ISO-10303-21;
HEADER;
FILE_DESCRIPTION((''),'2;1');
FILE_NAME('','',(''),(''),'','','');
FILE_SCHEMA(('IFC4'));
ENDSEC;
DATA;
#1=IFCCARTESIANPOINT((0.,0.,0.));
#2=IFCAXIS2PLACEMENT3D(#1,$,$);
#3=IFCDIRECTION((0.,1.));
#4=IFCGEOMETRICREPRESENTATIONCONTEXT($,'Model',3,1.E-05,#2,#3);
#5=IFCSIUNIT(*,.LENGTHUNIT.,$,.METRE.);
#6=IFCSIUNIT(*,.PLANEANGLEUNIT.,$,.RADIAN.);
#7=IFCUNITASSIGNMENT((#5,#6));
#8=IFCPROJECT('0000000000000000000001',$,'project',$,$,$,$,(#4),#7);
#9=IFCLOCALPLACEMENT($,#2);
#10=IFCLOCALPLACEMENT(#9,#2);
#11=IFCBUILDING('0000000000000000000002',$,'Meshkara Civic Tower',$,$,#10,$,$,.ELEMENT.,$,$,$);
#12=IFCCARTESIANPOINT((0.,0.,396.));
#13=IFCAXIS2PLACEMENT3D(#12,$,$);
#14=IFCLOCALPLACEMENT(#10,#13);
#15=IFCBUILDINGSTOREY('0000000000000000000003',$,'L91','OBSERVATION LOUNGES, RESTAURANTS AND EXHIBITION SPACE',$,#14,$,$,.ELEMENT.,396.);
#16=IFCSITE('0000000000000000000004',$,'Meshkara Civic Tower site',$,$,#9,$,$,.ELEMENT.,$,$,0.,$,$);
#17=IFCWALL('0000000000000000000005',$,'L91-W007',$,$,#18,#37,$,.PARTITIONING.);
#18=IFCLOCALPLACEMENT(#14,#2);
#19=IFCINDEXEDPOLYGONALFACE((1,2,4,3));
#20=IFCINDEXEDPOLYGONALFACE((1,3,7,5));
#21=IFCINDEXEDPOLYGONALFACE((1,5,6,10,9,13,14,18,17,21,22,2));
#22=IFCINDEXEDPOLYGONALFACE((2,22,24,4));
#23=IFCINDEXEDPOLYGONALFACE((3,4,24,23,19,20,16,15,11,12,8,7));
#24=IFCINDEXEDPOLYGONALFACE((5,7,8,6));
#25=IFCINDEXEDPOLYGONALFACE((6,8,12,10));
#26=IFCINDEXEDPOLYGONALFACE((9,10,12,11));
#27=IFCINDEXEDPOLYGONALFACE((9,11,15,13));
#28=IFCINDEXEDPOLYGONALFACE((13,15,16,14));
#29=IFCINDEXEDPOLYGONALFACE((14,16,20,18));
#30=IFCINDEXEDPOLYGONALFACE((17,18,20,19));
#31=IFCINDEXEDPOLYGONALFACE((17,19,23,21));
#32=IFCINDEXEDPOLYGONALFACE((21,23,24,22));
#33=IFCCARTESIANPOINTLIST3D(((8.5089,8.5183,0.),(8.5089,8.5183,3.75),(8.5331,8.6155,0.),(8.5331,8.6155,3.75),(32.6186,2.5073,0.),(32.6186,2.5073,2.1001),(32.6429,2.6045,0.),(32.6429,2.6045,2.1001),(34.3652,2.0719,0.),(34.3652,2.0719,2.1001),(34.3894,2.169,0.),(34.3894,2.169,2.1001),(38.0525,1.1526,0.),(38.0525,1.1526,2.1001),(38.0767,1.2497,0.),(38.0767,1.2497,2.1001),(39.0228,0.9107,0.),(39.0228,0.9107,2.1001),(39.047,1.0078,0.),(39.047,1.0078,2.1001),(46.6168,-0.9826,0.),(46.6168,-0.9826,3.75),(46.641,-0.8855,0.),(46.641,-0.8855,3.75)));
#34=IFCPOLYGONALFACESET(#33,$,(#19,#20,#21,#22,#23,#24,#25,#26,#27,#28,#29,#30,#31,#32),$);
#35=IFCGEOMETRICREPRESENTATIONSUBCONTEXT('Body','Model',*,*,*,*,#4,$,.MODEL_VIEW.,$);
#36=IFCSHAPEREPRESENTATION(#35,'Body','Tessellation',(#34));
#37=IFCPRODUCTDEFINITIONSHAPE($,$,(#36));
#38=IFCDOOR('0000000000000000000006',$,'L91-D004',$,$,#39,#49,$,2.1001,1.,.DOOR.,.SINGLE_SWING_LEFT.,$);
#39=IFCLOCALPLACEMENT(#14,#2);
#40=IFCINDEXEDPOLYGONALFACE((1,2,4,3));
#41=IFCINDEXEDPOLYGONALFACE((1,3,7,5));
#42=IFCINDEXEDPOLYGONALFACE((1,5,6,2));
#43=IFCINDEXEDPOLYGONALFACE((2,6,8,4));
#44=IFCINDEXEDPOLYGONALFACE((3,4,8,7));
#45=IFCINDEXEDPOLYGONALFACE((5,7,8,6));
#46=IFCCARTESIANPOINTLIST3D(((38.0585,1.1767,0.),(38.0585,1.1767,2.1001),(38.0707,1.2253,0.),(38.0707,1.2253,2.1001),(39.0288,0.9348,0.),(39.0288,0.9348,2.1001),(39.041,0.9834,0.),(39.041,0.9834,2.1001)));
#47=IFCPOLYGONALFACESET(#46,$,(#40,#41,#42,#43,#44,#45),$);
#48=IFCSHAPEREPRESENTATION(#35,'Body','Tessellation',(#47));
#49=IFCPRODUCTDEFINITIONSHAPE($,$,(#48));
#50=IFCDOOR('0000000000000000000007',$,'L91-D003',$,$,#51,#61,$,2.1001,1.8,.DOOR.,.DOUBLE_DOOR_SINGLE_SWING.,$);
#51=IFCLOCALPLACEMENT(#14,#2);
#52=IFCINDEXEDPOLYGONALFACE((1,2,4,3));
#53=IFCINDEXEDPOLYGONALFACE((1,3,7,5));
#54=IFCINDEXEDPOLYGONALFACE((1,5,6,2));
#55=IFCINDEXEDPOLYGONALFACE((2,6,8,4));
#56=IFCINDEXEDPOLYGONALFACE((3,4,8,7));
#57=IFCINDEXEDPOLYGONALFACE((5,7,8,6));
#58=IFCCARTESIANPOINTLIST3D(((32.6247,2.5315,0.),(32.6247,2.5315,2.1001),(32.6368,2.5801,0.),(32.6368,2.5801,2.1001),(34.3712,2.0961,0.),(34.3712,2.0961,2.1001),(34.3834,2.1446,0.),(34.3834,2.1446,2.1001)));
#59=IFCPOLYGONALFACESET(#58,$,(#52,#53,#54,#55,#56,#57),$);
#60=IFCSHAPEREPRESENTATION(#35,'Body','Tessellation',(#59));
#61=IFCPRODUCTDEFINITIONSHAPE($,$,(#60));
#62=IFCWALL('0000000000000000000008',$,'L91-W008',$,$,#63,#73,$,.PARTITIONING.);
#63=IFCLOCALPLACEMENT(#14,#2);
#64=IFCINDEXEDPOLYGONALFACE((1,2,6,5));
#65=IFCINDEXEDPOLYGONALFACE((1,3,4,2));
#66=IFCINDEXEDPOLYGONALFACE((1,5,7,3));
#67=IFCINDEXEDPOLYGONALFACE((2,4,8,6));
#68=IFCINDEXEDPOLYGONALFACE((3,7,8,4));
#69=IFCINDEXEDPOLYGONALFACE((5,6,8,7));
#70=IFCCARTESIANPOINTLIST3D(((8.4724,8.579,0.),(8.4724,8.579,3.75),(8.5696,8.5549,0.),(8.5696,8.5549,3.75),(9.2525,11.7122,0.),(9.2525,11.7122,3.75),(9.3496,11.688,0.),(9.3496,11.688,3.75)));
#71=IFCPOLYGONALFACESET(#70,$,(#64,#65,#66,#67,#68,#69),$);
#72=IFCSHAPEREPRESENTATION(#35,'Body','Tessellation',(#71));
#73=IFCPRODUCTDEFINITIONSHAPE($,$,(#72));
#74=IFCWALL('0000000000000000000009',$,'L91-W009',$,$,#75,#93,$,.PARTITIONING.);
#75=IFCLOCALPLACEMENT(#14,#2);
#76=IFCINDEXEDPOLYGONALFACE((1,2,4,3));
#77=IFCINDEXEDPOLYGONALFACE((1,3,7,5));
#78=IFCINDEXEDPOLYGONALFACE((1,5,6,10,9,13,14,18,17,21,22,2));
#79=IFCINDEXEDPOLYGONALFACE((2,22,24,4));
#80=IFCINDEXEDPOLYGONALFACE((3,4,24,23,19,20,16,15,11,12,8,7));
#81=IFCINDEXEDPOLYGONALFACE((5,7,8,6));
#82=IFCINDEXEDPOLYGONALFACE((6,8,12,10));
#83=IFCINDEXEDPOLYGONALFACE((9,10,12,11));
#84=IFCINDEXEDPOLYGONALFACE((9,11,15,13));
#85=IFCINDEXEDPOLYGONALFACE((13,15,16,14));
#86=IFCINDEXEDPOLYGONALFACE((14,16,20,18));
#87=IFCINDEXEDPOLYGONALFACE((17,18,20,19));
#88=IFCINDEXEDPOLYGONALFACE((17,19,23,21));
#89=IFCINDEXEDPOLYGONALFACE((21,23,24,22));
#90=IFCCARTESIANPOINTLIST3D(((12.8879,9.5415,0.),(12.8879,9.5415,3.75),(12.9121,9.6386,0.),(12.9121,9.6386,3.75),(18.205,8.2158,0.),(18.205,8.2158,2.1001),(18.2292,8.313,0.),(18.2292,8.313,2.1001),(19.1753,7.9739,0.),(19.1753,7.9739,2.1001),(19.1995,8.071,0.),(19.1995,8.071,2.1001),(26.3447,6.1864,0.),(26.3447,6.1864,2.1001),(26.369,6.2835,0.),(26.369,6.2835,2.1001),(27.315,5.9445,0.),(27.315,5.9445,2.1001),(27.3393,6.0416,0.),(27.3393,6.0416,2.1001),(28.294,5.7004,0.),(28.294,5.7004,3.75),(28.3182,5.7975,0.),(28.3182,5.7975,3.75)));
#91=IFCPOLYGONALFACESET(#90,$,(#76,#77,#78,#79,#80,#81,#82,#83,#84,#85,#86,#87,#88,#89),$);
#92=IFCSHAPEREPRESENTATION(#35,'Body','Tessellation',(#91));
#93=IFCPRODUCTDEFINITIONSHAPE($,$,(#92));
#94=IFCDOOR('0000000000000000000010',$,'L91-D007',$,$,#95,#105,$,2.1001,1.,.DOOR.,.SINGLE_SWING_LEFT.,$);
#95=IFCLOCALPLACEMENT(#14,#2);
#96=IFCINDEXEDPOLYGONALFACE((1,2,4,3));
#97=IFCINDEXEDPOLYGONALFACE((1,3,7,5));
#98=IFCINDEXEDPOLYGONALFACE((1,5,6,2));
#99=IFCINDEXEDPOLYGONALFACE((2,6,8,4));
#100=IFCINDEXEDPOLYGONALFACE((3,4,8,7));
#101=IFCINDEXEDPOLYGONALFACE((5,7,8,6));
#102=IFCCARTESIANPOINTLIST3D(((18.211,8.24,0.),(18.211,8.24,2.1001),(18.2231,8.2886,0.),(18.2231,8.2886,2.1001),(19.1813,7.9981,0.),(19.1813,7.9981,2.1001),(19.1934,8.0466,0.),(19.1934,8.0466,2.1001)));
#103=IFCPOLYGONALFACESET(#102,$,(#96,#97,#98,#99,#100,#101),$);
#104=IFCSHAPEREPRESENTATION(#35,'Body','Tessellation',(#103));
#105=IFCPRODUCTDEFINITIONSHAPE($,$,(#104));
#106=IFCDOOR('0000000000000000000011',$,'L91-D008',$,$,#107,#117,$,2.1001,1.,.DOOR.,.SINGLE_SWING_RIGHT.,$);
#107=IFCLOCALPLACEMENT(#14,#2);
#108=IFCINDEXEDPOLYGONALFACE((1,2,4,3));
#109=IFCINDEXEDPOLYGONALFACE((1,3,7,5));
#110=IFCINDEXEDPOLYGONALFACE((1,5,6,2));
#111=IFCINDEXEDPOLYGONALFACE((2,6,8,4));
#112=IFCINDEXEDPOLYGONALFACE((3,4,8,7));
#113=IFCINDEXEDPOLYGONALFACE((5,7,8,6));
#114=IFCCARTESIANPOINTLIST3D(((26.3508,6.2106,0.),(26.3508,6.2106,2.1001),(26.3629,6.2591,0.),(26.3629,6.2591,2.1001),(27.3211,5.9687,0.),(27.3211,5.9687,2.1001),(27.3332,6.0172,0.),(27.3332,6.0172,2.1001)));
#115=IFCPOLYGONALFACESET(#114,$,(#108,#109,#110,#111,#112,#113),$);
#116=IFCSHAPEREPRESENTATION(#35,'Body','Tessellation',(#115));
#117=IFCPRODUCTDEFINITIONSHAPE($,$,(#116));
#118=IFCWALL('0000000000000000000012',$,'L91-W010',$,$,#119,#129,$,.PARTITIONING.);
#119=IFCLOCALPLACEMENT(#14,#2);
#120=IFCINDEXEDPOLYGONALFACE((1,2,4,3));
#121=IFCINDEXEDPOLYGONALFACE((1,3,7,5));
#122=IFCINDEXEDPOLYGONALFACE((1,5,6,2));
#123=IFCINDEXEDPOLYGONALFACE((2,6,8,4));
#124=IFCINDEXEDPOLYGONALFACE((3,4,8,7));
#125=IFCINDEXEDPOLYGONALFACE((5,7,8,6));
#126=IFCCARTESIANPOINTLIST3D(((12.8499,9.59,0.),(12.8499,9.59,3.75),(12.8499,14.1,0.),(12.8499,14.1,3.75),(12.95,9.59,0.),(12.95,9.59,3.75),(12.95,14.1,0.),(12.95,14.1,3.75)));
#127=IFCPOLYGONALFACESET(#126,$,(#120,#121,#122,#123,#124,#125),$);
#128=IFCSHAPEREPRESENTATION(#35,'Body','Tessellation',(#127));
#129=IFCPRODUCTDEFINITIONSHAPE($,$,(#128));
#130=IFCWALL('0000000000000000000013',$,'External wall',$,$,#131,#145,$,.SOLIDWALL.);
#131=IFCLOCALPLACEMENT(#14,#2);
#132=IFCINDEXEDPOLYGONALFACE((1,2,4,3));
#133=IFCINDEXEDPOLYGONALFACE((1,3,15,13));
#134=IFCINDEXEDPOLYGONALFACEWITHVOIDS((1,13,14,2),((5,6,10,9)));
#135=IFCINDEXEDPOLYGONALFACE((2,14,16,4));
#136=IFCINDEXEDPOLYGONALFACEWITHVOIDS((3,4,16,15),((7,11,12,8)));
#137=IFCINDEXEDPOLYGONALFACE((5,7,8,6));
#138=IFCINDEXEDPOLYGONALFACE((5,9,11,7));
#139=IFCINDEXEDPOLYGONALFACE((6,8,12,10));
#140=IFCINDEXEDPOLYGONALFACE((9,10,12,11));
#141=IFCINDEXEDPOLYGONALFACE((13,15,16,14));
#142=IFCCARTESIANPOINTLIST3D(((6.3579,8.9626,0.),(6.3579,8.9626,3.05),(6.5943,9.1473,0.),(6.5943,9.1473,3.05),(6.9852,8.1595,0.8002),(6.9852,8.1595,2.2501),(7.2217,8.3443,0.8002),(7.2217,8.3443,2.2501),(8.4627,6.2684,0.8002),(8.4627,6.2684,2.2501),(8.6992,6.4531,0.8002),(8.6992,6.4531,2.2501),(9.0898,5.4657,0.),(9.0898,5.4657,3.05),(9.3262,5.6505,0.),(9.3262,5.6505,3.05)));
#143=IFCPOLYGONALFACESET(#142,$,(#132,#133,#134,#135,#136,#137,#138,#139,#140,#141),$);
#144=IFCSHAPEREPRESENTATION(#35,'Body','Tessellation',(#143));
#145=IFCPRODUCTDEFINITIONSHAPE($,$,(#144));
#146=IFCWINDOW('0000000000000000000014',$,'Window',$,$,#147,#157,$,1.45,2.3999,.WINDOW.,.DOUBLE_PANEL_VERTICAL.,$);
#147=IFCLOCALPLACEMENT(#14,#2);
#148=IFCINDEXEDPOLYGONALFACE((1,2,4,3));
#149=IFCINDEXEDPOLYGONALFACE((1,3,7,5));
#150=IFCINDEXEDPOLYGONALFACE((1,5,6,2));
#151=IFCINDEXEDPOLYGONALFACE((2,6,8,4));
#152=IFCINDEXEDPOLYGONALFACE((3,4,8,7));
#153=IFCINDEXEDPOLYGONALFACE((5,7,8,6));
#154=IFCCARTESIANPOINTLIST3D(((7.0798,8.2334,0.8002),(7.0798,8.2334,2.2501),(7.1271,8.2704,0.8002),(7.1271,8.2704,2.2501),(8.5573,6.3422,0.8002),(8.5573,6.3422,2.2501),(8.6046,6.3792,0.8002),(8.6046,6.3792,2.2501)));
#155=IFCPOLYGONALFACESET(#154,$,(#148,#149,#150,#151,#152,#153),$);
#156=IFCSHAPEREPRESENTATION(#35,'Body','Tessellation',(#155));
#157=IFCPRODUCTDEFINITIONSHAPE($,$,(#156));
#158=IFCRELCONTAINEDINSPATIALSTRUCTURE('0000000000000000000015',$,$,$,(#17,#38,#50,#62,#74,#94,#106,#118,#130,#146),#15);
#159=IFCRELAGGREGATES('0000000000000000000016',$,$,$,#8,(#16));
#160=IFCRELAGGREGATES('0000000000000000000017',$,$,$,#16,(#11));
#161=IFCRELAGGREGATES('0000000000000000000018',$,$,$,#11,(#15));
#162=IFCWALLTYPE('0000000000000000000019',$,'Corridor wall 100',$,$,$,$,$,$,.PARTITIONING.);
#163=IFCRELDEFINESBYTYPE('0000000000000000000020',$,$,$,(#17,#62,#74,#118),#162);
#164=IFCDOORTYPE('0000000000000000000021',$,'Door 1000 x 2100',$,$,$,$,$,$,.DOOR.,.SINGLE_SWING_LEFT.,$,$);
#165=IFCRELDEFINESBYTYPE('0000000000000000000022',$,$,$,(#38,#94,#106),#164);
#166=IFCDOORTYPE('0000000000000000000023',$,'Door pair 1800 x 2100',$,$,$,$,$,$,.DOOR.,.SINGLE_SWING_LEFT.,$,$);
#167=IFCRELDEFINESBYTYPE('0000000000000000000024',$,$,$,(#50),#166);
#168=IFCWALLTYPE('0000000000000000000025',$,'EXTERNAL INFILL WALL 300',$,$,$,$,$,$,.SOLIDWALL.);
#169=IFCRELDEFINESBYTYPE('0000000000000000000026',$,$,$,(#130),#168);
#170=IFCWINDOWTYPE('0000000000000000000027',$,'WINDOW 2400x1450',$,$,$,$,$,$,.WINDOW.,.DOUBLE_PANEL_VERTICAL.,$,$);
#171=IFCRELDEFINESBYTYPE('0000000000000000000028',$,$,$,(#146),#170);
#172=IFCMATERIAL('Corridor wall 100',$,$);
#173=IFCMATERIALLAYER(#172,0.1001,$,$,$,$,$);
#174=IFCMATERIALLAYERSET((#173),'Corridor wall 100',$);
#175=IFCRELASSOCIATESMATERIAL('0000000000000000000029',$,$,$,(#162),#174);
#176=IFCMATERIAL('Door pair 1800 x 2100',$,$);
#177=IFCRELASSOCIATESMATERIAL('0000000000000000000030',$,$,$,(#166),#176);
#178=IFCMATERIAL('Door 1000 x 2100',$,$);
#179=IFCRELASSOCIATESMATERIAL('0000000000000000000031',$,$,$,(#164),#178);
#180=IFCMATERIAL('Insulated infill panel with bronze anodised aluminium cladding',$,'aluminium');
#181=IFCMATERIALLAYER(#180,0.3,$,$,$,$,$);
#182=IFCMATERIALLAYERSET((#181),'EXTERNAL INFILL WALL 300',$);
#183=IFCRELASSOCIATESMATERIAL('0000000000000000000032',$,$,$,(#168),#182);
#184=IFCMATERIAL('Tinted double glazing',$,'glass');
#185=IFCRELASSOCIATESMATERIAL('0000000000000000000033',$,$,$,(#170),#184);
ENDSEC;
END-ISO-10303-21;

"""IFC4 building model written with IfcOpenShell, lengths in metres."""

from ifc_helpers import new_model, si_unit, direction, frame, frame_2d, origin, place, context, subcontext, project, spatial, rectangle, extrude, material, layer, layer_set, type_object, element, fill, save


model = new_model("IFC4")

# Units and contexts
model_context = context("Model", 3, precision=1e-05, world=origin(), true_north=direction((0.0, 1.0)))
body_context = subcontext(model_context, "Body", "Model", "MODEL_VIEW")
ifc_project = project(units=[si_unit("LENGTHUNIT", "METRE"), si_unit("PLANEANGLEUNIT", "RADIAN")], contexts=[model_context])

# Site, building, storey
site_placement = place(None, origin())
site = spatial("IfcSite", under=ifc_project, at=site_placement, Name="Meshkara Civic Tower site", CompositionType="ELEMENT", RefElevation=0.0)
building_placement = place(site_placement, origin())
building = spatial("IfcBuilding", under=site, at=building_placement, Name="Meshkara Civic Tower", CompositionType="ELEMENT")
storey_placement = place(building_placement, frame((0.0, 0.0, 396.0)))
storey = spatial("IfcBuildingStorey", under=building, at=storey_placement, Name="L91", Description="OBSERVATION LOUNGES, RESTAURANTS AND EXHIBITION SPACE", CompositionType="ELEMENT", Elevation=396.0)

# Shared definitions
ifc_material_1 = material(Name="Corridor wall 100")
ifc_layer_1 = layer(ifc_material_1, 0.1001)
ifc_layer_set_1 = layer_set([ifc_layer_1], Name="Corridor wall 100")
wall_type_1 = type_object("IfcWallType", Name="Corridor wall 100", PredefinedType="PARTITIONING", material=ifc_layer_set_1)

# Shared definitions
ifc_material_2 = material(Name="Door pair 1800 x 2100")
door_type_1 = type_object("IfcDoorType", Name="Door pair 1800 x 2100", OperationType="SINGLE_SWING_LEFT", PredefinedType="DOOR", material=ifc_material_2)

# Wall, openings, doors
wall_1_placement = place(storey_placement, frame((8.521, 8.5669, 0.0), z_axis=(0.0, 0.0, 1.0), x_axis=(0.970298, -0.241912, 0.0)))
wall_1 = element("IfcWall", 1, at=wall_1_placement, inside=storey, type_object=wall_type_1, Name="L91-W007", PredefinedType="PARTITIONING", context=body_context, shape_type="SweptSolid", body=[
    extrude(rectangle(XDim=39.2744, YDim=0.1001, at=frame_2d((19.6372, 0.0))), origin(), (0.0, 0.0, 1.0), 3.75),
])
opening_1_placement = place(wall_1_placement, frame((24.8479, 0.0, 0.0)))
opening_1 = element("IfcOpeningElement", 2, at=opening_1_placement, cuts=wall_1, PredefinedType="OPENING", context=body_context, shape_type="SweptSolid", body=[
    extrude(rectangle(XDim=1.8, YDim=2.1001, at=frame_2d((0.8999, 1.05))), frame((0.0, 0.0601, 0.0), z_axis=(0.0, -1.0, 0.0), x_axis=(1.0, 0.0, 0.0)), (0.0, 0.0, 1.0), 0.1201),
])
opening_2_placement = place(wall_1_placement, frame((30.448, 0.0, 0.0)))
opening_2 = element("IfcOpeningElement", 3, at=opening_2_placement, cuts=wall_1, PredefinedType="OPENING", context=body_context, shape_type="SweptSolid", body=[
    extrude(rectangle(XDim=1.0, YDim=2.1001, at=frame_2d((0.5, 1.05))), frame((0.0, 0.0601, 0.0), z_axis=(0.0, -1.0, 0.0), x_axis=(1.0, 0.0, 0.0)), (0.0, 0.0, 1.0), 0.1201),
])
ifc_material_3 = material(Name="Door 1000 x 2100")
door_type_2 = type_object("IfcDoorType", Name="Door 1000 x 2100", OperationType="SINGLE_SWING_LEFT", PredefinedType="DOOR", material=ifc_material_3)
door_1_placement = place(opening_2_placement, origin())
door_1 = element("IfcDoor", 4, at=door_1_placement, inside=storey, type_object=door_type_2, Name="L91-D004", OperationType="SINGLE_SWING_LEFT", OverallHeight=2.1001, OverallWidth=1.0, PredefinedType="DOOR", context=body_context, shape_type="SweptSolid", body=[
    extrude(rectangle(XDim=1.0, YDim=2.1001, at=frame_2d((0.5, 1.05))), frame((0.0, 0.0249, 0.0), z_axis=(0.0, -1.0, 0.0), x_axis=(1.0, 0.0, 0.0)), (0.0, 0.0, 1.0), 0.05),
])
fill(opening_2, door_1)
door_2_placement = place(opening_1_placement, origin())
door_2 = element("IfcDoor", 5, at=door_2_placement, inside=storey, type_object=door_type_1, Name="L91-D003", OperationType="DOUBLE_DOOR_SINGLE_SWING", OverallHeight=2.1001, OverallWidth=1.8, PredefinedType="DOOR", context=body_context, shape_type="SweptSolid", body=[
    extrude(rectangle(XDim=1.8, YDim=2.1001, at=frame_2d((0.8999, 1.05))), frame((0.0, 0.0249, 0.0), z_axis=(0.0, -1.0, 0.0), x_axis=(1.0, 0.0, 0.0)), (0.0, 0.0, 1.0), 0.05),
])
fill(opening_1, door_2)

# Wall
wall_2_placement = place(storey_placement, frame((9.301, 11.7, 0.0), z_axis=(0.0, 0.0, 1.0), x_axis=(-0.241593, -0.970378, 0.0)))
element("IfcWall", 6, at=wall_2_placement, inside=storey, type_object=wall_type_1, Name="L91-W008", PredefinedType="PARTITIONING", context=body_context, shape_type="SweptSolid", body=[
    extrude(rectangle(XDim=3.2288, YDim=0.1001, at=frame_2d((1.6143, 0.0))), origin(), (0.0, 0.0, 1.0), 3.75),
])

# Wall, openings, doors
wall_3_placement = place(storey_placement, frame((12.8999, 9.5901, 0.0), z_axis=(0.0, 0.0, 1.0), x_axis=(0.970297, -0.241917, 0.0)))
wall_3 = element("IfcWall", 7, at=wall_3_placement, inside=storey, type_object=wall_type_1, Name="L91-W009", PredefinedType="PARTITIONING", context=body_context, shape_type="SweptSolid", body=[
    extrude(rectangle(XDim=15.8777, YDim=0.1001, at=frame_2d((7.939, 0.0))), origin(), (0.0, 0.0, 1.0), 3.75),
])
opening_3_placement = place(wall_3_placement, frame((5.48, 0.0, 0.0)))
opening_3 = element("IfcOpeningElement", 8, at=opening_3_placement, cuts=wall_3, PredefinedType="OPENING", context=body_context, shape_type="SweptSolid", body=[
    extrude(rectangle(XDim=1.0, YDim=2.1001, at=frame_2d((0.5, 1.05))), frame((0.0, 0.0601, 0.0), z_axis=(0.0, -1.0, 0.0), x_axis=(1.0, 0.0, 0.0)), (0.0, 0.0, 1.0), 0.1201),
])
opening_4_placement = place(wall_3_placement, frame((13.8689, 0.0, 0.0)))
opening_4 = element("IfcOpeningElement", 9, at=opening_4_placement, cuts=wall_3, PredefinedType="OPENING", context=body_context, shape_type="SweptSolid", body=[
    extrude(rectangle(XDim=1.0, YDim=2.1001, at=frame_2d((0.5, 1.05))), frame((0.0, 0.0601, 0.0), z_axis=(0.0, -1.0, 0.0), x_axis=(1.0, 0.0, 0.0)), (0.0, 0.0, 1.0), 0.1201),
])
door_3_placement = place(opening_3_placement, origin())
door_3 = element("IfcDoor", 10, at=door_3_placement, inside=storey, type_object=door_type_2, Name="L91-D007", OperationType="SINGLE_SWING_LEFT", OverallHeight=2.1001, OverallWidth=1.0, PredefinedType="DOOR", context=body_context, shape_type="SweptSolid", body=[
    extrude(rectangle(XDim=1.0, YDim=2.1001, at=frame_2d((0.5, 1.05))), frame((0.0, 0.0249, 0.0), z_axis=(0.0, -1.0, 0.0), x_axis=(1.0, 0.0, 0.0)), (0.0, 0.0, 1.0), 0.05),
])
fill(opening_3, door_3)
door_4_placement = place(opening_4_placement, origin())
door_4 = element("IfcDoor", 11, at=door_4_placement, inside=storey, type_object=door_type_2, Name="L91-D008", OperationType="SINGLE_SWING_RIGHT", OverallHeight=2.1001, OverallWidth=1.0, PredefinedType="DOOR", context=body_context, shape_type="SweptSolid", body=[
    extrude(rectangle(XDim=1.0, YDim=2.1001, at=frame_2d((0.5, 1.05))), frame((0.0, 0.0249, 0.0), z_axis=(0.0, -1.0, 0.0), x_axis=(1.0, 0.0, 0.0)), (0.0, 0.0, 1.0), 0.05),
])
fill(opening_4, door_4)

# Wall
wall_4_placement = place(storey_placement, frame((12.8999, 9.5901, 0.0), z_axis=(0.0, 0.0, 1.0), x_axis=(0.0, 1.0, 0.0)))
element("IfcWall", 12, at=wall_4_placement, inside=storey, type_object=wall_type_1, Name="L91-W010", PredefinedType="PARTITIONING", context=body_context, shape_type="SweptSolid", body=[
    extrude(rectangle(XDim=4.51, YDim=0.1001, at=frame_2d((2.2549, 0.0))), origin(), (0.0, 0.0, 1.0), 3.75),
])

# Wall, opening, window
ifc_material_4 = material(Name="Insulated infill panel with bronze anodised aluminium cladding", Category="aluminium")
ifc_layer_2 = layer(ifc_material_4, 0.3)
ifc_layer_set_2 = layer_set([ifc_layer_2], Name="EXTERNAL INFILL WALL 300")
wall_type_2 = type_object("IfcWallType", Name="EXTERNAL INFILL WALL 300", PredefinedType="SOLIDWALL", material=ifc_layer_set_2)
wall_5_placement = place(storey_placement, frame((6.4761, 9.0549, 0.0), z_axis=(0.0, 0.0, 1.0), x_axis=(0.615649, -0.78802, 0.0)))
wall_5 = element("IfcWall", 13, at=wall_5_placement, inside=storey, type_object=wall_type_2, Name="External wall", PredefinedType="SOLIDWALL", context=body_context, shape_type="SweptSolid", body=[
    extrude(rectangle(XDim=4.4375, YDim=0.3, at=frame_2d((2.2188, 0.0))), origin(), (0.0, 0.0, 1.0), 3.05),
])
opening_5_placement = place(wall_5_placement, frame((1.019, 0.0, 0.8)))
opening_5 = element("IfcOpeningElement", 14, at=opening_5_placement, cuts=wall_5, PredefinedType="OPENING", context=body_context, shape_type="SweptSolid", body=[
    extrude(rectangle(XDim=2.3999, YDim=1.45, at=frame_2d((1.2, 0.7251))), frame((0.0, 0.1599, 0.0), z_axis=(0.0, -1.0, 0.0), x_axis=(1.0, 0.0, 0.0)), (0.0, 0.0, 1.0), 0.3201),
])
ifc_material_5 = material(Name="Tinted double glazing", Category="glass")
window_type = type_object("IfcWindowType", Name="WINDOW 2400x1450", PartitioningType="DOUBLE_PANEL_VERTICAL", PredefinedType="WINDOW", material=ifc_material_5)
window_1_placement = place(opening_5_placement, origin())
window_1 = element("IfcWindow", 15, at=window_1_placement, inside=storey, type_object=window_type, Name="Window", OverallHeight=1.45, OverallWidth=2.3999, PartitioningType="DOUBLE_PANEL_VERTICAL", PredefinedType="WINDOW", context=body_context, shape_type="SweptSolid", body=[
    extrude(rectangle(XDim=2.3999, YDim=1.45, at=frame_2d((1.2, 0.7251))), frame((0.0, 0.03, 0.0), z_axis=(0.0, -1.0, 0.0), x_axis=(1.0, 0.0, 0.0)), (0.0, 0.0, 1.0), 0.0601),
])
fill(opening_5, window_1)

save(model, "model.ifc")
